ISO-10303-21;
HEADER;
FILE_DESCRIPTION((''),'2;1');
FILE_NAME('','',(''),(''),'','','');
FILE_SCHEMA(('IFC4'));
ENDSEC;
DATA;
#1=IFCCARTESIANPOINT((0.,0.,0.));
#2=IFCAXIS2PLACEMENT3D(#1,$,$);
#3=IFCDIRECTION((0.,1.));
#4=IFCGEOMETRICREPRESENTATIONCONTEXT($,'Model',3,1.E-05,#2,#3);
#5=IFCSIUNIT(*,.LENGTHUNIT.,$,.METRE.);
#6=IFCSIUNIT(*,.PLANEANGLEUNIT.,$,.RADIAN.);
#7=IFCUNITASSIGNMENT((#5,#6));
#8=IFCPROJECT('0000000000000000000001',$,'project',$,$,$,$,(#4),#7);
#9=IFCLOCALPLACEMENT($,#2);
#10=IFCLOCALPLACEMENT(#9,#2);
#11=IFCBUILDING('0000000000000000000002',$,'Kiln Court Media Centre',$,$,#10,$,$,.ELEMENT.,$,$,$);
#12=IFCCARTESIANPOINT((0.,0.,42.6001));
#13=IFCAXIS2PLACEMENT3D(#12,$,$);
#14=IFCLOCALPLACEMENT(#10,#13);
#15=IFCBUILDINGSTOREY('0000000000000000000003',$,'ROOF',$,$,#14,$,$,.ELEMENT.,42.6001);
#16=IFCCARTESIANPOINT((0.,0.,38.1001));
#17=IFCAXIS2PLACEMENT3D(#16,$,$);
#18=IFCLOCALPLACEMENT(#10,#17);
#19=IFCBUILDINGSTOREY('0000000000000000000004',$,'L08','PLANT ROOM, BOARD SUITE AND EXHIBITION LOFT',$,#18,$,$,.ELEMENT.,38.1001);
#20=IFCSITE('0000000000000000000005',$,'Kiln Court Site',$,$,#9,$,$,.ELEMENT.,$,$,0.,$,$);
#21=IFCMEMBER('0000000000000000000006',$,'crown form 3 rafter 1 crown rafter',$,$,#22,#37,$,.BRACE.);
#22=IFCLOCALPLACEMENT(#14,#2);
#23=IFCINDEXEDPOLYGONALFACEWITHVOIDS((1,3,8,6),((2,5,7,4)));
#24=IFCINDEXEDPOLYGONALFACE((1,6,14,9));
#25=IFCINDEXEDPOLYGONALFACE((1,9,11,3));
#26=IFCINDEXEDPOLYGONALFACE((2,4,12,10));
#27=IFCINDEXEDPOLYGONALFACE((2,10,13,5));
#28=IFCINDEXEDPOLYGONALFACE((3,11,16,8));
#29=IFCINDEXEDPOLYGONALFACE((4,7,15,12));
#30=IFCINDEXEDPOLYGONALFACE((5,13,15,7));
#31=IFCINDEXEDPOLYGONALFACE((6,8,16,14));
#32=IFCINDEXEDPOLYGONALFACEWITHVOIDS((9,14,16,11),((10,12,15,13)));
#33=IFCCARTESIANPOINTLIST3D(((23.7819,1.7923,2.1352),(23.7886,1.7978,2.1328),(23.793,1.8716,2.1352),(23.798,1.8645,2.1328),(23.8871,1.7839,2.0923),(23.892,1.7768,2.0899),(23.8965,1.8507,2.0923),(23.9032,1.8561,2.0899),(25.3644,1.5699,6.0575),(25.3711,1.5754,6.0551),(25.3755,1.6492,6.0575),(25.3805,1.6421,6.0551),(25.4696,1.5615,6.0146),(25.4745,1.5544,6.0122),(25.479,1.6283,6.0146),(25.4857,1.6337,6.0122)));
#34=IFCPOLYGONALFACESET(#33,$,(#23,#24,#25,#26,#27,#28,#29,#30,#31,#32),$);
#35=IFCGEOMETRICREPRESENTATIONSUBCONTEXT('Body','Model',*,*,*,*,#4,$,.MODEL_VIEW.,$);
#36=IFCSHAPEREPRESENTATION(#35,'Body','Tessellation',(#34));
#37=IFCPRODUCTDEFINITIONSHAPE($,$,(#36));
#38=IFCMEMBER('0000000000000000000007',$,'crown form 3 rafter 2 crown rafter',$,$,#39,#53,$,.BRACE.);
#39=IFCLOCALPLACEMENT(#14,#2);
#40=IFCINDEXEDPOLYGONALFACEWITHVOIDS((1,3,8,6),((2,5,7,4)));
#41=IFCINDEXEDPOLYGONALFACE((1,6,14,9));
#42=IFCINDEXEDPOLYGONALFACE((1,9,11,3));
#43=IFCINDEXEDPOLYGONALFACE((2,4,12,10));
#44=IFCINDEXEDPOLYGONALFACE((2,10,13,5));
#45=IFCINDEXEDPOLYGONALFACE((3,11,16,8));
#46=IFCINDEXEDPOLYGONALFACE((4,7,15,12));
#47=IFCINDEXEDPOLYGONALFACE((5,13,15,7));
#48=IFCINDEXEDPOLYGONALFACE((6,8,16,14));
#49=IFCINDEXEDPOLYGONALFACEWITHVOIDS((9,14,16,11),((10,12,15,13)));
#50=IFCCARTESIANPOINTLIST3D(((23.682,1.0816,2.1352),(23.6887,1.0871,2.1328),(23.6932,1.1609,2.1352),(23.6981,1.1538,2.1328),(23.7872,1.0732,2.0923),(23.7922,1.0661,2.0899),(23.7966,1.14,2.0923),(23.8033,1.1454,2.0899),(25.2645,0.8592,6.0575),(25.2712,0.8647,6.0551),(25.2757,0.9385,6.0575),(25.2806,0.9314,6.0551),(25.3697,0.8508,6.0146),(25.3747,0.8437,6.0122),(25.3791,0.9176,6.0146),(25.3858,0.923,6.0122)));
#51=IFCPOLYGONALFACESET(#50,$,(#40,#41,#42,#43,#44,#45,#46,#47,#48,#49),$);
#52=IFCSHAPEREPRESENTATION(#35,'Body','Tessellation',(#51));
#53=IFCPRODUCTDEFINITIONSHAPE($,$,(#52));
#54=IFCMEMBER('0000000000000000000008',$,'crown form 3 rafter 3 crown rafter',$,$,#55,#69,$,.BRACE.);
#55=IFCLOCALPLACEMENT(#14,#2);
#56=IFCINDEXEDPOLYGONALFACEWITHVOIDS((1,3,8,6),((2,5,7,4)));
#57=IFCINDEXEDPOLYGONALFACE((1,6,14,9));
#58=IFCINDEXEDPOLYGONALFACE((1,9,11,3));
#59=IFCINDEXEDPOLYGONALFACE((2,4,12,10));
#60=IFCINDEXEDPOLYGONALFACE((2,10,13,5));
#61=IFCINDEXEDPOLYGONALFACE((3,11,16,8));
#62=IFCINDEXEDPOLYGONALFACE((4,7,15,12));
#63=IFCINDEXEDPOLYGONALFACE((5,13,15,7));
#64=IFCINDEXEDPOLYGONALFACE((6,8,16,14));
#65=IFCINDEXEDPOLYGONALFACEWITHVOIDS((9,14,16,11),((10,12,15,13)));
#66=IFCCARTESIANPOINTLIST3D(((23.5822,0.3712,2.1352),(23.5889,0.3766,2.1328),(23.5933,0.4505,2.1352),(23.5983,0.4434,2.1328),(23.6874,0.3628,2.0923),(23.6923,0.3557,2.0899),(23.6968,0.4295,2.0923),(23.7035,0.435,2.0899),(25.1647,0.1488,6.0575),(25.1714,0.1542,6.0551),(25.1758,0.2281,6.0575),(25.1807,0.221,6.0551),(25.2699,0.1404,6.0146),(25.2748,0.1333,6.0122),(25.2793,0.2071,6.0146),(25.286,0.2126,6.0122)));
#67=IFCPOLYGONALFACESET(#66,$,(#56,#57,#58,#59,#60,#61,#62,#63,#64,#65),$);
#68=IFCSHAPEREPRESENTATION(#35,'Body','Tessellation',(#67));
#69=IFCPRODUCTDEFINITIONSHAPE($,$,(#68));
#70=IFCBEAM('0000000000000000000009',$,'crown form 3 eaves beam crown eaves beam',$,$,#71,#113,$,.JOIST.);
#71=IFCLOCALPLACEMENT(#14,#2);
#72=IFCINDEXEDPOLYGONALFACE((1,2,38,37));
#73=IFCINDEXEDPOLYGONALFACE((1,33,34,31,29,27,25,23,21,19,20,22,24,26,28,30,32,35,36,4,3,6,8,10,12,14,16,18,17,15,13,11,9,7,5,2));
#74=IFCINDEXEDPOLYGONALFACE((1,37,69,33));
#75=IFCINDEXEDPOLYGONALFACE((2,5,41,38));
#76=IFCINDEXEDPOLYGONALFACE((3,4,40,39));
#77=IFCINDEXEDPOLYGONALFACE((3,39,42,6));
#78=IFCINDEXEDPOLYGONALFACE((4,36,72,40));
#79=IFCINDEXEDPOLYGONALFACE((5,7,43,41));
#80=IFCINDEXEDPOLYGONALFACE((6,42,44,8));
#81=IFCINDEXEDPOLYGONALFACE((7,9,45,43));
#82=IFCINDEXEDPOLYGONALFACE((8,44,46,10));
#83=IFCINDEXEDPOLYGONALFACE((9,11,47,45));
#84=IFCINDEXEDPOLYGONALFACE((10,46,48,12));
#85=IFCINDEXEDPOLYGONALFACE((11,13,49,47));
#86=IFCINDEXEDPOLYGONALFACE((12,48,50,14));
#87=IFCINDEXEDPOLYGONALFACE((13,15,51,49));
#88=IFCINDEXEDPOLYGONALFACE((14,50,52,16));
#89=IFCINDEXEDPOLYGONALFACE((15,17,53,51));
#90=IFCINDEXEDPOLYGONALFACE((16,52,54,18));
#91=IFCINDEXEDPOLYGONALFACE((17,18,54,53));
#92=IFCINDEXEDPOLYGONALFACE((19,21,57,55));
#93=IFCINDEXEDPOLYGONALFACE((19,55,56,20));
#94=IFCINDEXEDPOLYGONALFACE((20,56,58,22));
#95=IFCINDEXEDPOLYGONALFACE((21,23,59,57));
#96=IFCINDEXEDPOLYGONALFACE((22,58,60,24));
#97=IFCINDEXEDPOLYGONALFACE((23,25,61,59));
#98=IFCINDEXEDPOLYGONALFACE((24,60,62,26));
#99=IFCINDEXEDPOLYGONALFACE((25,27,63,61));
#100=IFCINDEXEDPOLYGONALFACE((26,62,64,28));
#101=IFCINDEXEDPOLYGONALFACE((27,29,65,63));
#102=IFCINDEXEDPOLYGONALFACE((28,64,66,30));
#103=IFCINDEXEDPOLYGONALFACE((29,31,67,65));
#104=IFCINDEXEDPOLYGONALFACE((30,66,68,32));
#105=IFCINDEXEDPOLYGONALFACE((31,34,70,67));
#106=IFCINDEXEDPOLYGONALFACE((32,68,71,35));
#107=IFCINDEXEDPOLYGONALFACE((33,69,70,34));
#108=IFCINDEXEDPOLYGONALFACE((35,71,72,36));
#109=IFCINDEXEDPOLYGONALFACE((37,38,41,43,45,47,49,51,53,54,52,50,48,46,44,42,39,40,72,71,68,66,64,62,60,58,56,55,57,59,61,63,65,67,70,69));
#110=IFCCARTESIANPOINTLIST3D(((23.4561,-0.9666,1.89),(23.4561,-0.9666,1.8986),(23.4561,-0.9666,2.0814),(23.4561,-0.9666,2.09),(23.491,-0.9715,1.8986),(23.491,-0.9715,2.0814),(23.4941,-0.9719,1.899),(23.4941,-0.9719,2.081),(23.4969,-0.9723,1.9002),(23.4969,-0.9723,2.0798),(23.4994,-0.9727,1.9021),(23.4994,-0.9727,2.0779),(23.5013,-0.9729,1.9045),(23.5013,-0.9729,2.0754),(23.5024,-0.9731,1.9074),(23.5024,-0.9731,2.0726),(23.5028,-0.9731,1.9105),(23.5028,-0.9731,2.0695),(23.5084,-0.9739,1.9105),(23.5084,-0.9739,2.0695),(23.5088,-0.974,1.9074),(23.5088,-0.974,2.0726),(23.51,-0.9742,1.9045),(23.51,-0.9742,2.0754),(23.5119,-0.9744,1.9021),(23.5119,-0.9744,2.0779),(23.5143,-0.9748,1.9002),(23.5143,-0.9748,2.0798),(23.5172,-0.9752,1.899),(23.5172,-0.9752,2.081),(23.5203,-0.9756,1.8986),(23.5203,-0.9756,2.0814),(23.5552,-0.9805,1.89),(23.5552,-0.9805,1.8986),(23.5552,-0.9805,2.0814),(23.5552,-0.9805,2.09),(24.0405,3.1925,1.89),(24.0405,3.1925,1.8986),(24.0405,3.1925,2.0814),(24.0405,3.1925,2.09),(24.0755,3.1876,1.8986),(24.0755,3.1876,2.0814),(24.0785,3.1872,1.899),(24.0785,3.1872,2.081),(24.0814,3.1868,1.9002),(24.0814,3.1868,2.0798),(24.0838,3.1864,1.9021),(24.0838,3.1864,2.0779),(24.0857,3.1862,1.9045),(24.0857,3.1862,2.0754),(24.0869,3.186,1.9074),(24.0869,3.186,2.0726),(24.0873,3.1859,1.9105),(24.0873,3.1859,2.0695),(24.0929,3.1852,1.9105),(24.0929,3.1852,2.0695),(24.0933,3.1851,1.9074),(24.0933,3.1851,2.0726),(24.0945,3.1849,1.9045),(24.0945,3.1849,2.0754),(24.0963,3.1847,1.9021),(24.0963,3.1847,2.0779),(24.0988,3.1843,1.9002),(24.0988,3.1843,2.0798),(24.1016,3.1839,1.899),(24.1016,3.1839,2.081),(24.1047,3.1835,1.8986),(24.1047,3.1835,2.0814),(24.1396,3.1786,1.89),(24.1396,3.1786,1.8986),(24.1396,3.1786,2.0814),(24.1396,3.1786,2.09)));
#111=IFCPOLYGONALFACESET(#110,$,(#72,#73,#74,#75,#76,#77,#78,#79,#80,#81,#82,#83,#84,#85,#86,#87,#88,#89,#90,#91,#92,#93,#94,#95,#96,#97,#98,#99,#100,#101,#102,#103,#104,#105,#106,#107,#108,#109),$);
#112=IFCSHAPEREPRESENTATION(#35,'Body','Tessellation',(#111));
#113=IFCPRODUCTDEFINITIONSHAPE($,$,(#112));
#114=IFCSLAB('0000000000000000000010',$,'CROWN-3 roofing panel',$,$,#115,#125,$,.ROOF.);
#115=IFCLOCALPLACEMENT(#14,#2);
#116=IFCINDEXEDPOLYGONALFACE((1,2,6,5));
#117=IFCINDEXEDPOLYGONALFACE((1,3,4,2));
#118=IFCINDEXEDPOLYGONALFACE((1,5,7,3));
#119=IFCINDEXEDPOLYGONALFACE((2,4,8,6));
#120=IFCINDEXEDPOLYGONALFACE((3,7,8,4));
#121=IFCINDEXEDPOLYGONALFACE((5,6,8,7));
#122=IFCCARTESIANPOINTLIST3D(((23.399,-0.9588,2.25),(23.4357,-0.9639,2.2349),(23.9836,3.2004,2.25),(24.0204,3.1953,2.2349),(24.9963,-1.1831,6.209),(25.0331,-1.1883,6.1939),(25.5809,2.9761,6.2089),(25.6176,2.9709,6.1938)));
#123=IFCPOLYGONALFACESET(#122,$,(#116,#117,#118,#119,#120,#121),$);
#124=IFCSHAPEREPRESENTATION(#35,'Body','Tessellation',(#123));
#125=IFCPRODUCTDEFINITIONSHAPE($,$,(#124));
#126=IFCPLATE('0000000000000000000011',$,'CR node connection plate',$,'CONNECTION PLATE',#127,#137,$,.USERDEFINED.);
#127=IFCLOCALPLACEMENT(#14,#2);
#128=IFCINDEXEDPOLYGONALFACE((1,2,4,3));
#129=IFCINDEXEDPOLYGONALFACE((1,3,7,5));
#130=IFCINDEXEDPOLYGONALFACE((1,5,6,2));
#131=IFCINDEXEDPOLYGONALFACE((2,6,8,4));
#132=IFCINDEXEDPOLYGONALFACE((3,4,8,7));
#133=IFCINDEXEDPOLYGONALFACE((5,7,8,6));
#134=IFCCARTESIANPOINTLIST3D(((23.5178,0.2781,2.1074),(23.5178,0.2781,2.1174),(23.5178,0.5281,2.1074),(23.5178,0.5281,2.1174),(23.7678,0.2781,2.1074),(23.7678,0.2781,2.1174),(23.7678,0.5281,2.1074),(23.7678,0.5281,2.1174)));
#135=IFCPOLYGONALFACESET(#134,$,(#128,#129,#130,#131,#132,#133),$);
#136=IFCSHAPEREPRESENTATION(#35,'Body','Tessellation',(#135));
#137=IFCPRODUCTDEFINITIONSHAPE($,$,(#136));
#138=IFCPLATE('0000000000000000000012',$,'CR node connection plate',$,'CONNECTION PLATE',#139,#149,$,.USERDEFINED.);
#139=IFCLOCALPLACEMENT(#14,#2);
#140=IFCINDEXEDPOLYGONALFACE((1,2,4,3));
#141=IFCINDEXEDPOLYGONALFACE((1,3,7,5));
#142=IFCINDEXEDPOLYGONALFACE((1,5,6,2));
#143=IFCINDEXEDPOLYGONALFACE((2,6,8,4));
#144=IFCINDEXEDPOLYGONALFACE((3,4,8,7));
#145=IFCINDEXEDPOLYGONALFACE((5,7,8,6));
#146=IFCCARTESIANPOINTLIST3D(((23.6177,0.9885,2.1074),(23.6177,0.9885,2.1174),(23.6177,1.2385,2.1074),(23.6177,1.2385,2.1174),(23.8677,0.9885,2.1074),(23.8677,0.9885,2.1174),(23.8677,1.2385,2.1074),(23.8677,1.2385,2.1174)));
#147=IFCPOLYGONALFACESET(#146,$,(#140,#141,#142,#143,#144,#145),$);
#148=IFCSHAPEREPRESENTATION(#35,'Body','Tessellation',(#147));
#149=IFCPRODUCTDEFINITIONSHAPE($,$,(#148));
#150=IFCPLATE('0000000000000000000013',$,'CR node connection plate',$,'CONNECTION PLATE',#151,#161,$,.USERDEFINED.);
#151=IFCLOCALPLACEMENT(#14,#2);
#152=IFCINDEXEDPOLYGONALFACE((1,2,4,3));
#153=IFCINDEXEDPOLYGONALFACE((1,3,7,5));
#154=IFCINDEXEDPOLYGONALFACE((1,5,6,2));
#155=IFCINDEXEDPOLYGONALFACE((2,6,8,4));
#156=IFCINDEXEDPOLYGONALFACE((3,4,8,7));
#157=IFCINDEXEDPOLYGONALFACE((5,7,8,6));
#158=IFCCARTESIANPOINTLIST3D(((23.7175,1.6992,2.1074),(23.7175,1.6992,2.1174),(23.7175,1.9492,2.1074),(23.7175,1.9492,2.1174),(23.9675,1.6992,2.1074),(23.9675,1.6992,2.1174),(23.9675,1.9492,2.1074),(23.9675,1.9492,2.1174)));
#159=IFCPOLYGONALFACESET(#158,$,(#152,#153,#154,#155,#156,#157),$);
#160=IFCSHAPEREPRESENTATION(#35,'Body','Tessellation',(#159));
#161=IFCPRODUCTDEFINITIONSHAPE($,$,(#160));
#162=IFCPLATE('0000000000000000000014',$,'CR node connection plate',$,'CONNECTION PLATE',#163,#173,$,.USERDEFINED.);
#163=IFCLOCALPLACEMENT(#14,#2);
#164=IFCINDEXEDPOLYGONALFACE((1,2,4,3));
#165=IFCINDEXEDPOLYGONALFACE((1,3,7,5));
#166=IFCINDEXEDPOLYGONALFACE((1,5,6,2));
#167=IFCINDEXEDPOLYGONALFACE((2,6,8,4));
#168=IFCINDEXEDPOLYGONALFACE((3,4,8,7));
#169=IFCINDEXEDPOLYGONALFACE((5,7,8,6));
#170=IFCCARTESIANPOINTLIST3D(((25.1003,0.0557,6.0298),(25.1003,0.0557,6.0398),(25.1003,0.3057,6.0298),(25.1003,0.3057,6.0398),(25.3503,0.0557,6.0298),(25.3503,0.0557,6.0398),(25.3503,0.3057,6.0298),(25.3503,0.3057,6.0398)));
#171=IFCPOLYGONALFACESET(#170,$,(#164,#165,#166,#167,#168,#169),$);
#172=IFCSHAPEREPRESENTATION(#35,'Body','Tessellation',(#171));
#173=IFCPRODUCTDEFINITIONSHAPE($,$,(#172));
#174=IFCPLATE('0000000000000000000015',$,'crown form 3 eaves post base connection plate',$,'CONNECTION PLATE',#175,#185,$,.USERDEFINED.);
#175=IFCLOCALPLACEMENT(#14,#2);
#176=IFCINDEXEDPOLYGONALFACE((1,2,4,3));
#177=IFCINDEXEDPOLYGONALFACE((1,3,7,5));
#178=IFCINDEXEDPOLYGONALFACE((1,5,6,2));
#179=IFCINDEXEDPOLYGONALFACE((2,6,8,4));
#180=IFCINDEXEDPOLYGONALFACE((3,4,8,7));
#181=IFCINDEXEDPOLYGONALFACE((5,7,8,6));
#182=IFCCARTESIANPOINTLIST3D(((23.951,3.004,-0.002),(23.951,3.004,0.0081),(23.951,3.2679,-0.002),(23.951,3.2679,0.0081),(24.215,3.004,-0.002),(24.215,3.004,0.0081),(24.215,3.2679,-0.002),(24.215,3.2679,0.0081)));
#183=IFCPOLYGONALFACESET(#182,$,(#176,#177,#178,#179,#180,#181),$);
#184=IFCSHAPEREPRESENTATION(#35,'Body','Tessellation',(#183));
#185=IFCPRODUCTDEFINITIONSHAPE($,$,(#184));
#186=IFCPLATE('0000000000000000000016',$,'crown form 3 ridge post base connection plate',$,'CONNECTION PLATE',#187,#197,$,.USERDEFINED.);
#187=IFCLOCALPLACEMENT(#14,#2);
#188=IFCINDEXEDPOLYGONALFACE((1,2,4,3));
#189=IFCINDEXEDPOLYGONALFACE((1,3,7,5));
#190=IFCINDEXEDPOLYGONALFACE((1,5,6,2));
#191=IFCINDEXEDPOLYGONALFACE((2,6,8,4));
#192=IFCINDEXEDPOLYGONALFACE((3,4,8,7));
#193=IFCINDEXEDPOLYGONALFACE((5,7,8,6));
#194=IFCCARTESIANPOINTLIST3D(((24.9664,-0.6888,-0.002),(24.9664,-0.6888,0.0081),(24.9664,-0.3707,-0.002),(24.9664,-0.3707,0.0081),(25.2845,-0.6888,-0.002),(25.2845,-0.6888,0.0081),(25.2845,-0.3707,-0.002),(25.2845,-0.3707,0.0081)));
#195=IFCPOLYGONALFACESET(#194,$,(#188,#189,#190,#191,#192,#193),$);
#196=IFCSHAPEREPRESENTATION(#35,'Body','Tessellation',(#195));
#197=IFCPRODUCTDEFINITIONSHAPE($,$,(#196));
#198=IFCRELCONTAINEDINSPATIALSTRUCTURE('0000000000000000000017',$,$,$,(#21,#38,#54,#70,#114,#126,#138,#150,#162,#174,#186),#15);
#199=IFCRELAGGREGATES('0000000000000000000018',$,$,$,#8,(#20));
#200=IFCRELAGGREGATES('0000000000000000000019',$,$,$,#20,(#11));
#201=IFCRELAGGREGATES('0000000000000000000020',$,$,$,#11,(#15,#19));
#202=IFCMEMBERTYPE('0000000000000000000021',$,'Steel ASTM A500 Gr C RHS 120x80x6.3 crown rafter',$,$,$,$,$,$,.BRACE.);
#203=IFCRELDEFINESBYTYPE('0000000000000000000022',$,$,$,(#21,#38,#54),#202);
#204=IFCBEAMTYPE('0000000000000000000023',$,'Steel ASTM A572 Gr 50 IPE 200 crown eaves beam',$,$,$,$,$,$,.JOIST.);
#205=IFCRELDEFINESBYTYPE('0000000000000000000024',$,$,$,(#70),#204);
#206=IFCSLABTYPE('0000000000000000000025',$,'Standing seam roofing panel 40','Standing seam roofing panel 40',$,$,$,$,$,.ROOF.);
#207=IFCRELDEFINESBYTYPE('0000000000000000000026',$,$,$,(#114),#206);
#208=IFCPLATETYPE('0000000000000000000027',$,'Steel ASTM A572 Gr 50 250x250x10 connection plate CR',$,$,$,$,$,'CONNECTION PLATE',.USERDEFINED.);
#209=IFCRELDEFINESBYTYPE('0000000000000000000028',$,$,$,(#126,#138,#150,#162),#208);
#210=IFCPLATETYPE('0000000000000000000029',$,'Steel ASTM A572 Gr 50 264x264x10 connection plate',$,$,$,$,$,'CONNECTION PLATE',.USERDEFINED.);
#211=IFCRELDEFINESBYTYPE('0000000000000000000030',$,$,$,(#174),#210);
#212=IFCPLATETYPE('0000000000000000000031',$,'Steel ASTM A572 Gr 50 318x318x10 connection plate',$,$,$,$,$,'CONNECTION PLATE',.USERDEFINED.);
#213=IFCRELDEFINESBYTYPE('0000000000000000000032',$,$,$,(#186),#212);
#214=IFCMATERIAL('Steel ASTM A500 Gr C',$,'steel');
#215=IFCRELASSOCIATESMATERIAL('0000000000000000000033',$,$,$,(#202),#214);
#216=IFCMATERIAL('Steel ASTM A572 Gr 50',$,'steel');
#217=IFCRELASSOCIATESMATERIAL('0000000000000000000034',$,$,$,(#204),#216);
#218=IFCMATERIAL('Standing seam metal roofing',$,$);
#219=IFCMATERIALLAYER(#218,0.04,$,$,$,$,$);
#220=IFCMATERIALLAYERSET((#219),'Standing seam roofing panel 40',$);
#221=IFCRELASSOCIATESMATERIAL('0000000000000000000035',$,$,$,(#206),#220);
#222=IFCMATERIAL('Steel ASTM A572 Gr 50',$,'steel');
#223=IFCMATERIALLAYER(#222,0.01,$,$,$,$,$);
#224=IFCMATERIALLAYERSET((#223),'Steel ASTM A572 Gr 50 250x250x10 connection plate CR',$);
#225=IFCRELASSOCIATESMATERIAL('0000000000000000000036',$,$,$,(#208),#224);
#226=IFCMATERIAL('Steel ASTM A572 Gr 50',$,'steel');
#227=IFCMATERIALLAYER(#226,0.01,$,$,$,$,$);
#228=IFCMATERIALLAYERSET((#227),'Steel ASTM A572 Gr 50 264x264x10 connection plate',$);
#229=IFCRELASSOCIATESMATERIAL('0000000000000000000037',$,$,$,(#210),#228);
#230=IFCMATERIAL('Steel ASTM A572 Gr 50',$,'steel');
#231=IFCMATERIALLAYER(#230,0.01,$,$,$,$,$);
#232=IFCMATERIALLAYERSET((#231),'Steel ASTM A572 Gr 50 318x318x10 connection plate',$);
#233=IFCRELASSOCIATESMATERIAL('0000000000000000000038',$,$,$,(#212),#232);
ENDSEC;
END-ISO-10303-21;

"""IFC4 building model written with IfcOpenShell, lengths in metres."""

from ifc_helpers import new_model, si_unit, direction, frame, origin, origin_2d, place, context, subcontext, project, spatial, polyline, rectangle, hollow_rectangle, i_section, outline, extrude, material, layer, layer_set, material_profile, profile_set, type_object, element, save


model = new_model("IFC4")

# Units and contexts
model_context = context("Model", 3, precision=1e-05, world=origin(), true_north=direction((0.0, 1.0)))
body_context = subcontext(model_context, "Body", "Model", "MODEL_VIEW")
ifc_project = project(units=[si_unit("LENGTHUNIT", "METRE"), si_unit("PLANEANGLEUNIT", "RADIAN")], contexts=[model_context])

# Site, building, storey
site_placement = place(None, origin())
site = spatial("IfcSite", under=ifc_project, at=site_placement, Name="Kiln Court Site", CompositionType="ELEMENT", RefElevation=0.0)
building_placement = place(site_placement, origin())
building = spatial("IfcBuilding", under=site, at=building_placement, Name="Kiln Court Media Centre", CompositionType="ELEMENT")
storey_1_placement = place(building_placement, frame((0.0, 0.0, 42.6001)))
storey_1 = spatial("IfcBuildingStorey", under=building, at=storey_1_placement, Name="ROOF", CompositionType="ELEMENT", Elevation=42.6001)

# Members
ifc_material_1 = material(Name="Steel ASTM A500 Gr C", Category="steel")
ifc_material_profile_1 = material_profile(ifc_material_1, hollow_rectangle(XDim=0.0801, YDim=0.1201, WallThickness=0.0063, at=origin_2d()), Name="RHS 120x80x6.3")
ifc_profile_set_1 = profile_set([ifc_material_profile_1], Name="Steel ASTM A500 Gr C")
member_type = type_object("IfcMemberType", Name="Steel ASTM A500 Gr C RHS 120x80x6.3 crown rafter", PredefinedType="BRACE", material=ifc_profile_set_1)
for number, where, z_axis, x_axis, name in (
    (1, (23.8425, 1.8242, 2.1125), (0.373639, -0.052512, 0.926086), (0.139175, 0.990268, 0.0), "crown form 3 rafter 1 crown rafter"),
    (2, (23.7427, 1.1135, 2.1125), (0.373639, -0.052512, 0.926086), (0.139175, 0.990268, 0.0), "crown form 3 rafter 2 crown rafter"),
    (3, (23.6428, 0.4031, 2.1125), (0.373639, -0.052512, 0.926086), (0.139175, 0.990268, 0.0), "crown form 3 rafter 3 crown rafter"),
):
    element("IfcMember", number, at=place(storey_1_placement, frame(where, z_axis=z_axis, x_axis=x_axis)), inside=storey_1, type_object=member_type, Name=name, PredefinedType="BRACE", context=body_context, shape_type="SweptSolid", body=[
        extrude(hollow_rectangle(XDim=0.0801, YDim=0.1201, WallThickness=0.0063, at=origin_2d()), origin(), (0.0, 0.0, 1.0), 4.2354),
    ])

# Beam
ifc_material_2 = material(Name="Steel ASTM A572 Gr 50", Category="steel")
ifc_material_profile_2 = material_profile(ifc_material_2, i_section(OverallWidth=0.1001, OverallDepth=0.2, WebThickness=0.0056, FlangeThickness=0.0085, FilletRadius=0.012, at=origin_2d()), Name="IPE 200")
ifc_profile_set_2 = profile_set([ifc_material_profile_2], Name="Steel ASTM A572 Gr 50")
beam_type_1 = type_object("IfcBeamType", Name="Steel ASTM A572 Gr 50 IPE 200 crown eaves beam", PredefinedType="JOIST", material=ifc_profile_set_2)
beam_1_placement = place(storey_1_placement, frame((24.0901, 3.1855, 1.99), z_axis=(-0.139159, -0.99027, 0.0), x_axis=(0.99027, -0.139159, 0.0)))
element("IfcBeam", 4, at=beam_1_placement, inside=storey_1, type_object=beam_type_1, Name="crown form 3 eaves beam crown eaves beam", PredefinedType="JOIST", context=body_context, shape_type="SweptSolid", body=[
    extrude(i_section(OverallWidth=0.1001, OverallDepth=0.2, WebThickness=0.0056, FlangeThickness=0.0085, FilletRadius=0.012, at=origin_2d()), origin(), (0.0, 0.0, 1.0), 4.2),
])

# Slab
ifc_material_3 = material(Name="Standing seam metal roofing")
ifc_layer_1 = layer(ifc_material_3, 0.04)
ifc_layer_set_1 = layer_set([ifc_layer_1], Name="Standing seam roofing panel 40")
slab_type = type_object("IfcSlabType", Name="Standing seam roofing panel 40", Description="Standing seam roofing panel 40", PredefinedType="ROOF", material=ifc_layer_set_1)
slab_placement = place(storey_1_placement, frame((23.9836, 3.2004, 2.25), z_axis=(-0.917074, 0.1289, 0.377307), x_axis=(-0.139191, -0.990266, -0.00001)))
element("IfcSlab", 5, at=slab_placement, inside=storey_1, type_object=slab_type, Name="CROWN-3 roofing panel", PredefinedType="ROOF", context=body_context, shape_type="SweptSolid", body=[
    extrude(outline(polyline([(0.0, 0.0), (4.2001, 0.0), (4.1999, 4.275), (-0.0002, 4.2749), (0.0, 0.0)])), origin(), (0.0, 0.0, -1.0), 0.04),
])

# Plates
ifc_material_4 = material(Name="Steel ASTM A572 Gr 50", Category="steel")
ifc_layer_2 = layer(ifc_material_4, 0.01)
ifc_layer_set_2 = layer_set([ifc_layer_2], Name="Steel ASTM A572 Gr 50 250x250x10 connection plate CR")
plate_type_1 = type_object("IfcPlateType", Name="Steel ASTM A572 Gr 50 250x250x10 connection plate CR", ElementType="CONNECTION PLATE", PredefinedType="USERDEFINED", material=ifc_layer_set_2)
for number, where, z_axis, x_axis, name in (
    (6, (23.6428, 0.4031, 2.1074), (0.0, 0.0, 1.0), (1.0, 0.0, 0.0), "CR node connection plate"),
    (7, (23.7427, 1.1135, 2.1074), (0.0, 0.0, 1.0), (1.0, 0.0, 0.0), "CR node connection plate"),
    (8, (23.8425, 1.8242, 2.1074), (0.0, 0.0, 1.0), (1.0, 0.0, 0.0), "CR node connection plate"),
    (9, (25.2253, 0.1807, 6.0298), (0.0, 0.0, 1.0), (1.0, 0.0, 0.0), "CR node connection plate"),
):
    element("IfcPlate", number, at=place(storey_1_placement, frame(where, z_axis=z_axis, x_axis=x_axis)), inside=storey_1, type_object=plate_type_1, Name=name, ObjectType="CONNECTION PLATE", PredefinedType="USERDEFINED", context=body_context, shape_type="SweptSolid", body=[
        extrude(rectangle(XDim=0.25, YDim=0.25, at=origin_2d()), origin(), (0.0, 0.0, 1.0), 0.01),
    ])
ifc_material_5 = material(Name="Steel ASTM A572 Gr 50", Category="steel")
ifc_layer_3 = layer(ifc_material_5, 0.01)
ifc_layer_set_3 = layer_set([ifc_layer_3], Name="Steel ASTM A572 Gr 50 264x264x10 connection plate")
plate_type_2 = type_object("IfcPlateType", Name="Steel ASTM A572 Gr 50 264x264x10 connection plate", ElementType="CONNECTION PLATE", PredefinedType="USERDEFINED", material=ifc_layer_set_3)
plate_1_placement = place(storey_1_placement, frame((24.083, 3.136, -0.002), z_axis=(0.0, 0.0, 1.0), x_axis=(1.0, 0.0, 0.0)))
element("IfcPlate", 10, at=plate_1_placement, inside=storey_1, type_object=plate_type_2, Name="crown form 3 eaves post base connection plate", ObjectType="CONNECTION PLATE", PredefinedType="USERDEFINED", context=body_context, shape_type="SweptSolid", body=[
    extrude(rectangle(XDim=0.2639, YDim=0.2639, at=origin_2d()), origin(), (0.0, 0.0, 1.0), 0.01),
])
ifc_material_6 = material(Name="Steel ASTM A572 Gr 50", Category="steel")
ifc_layer_4 = layer(ifc_material_6, 0.01)
ifc_layer_set_4 = layer_set([ifc_layer_4], Name="Steel ASTM A572 Gr 50 318x318x10 connection plate")
plate_type_3 = type_object("IfcPlateType", Name="Steel ASTM A572 Gr 50 318x318x10 connection plate", ElementType="CONNECTION PLATE", PredefinedType="USERDEFINED", material=ifc_layer_set_4)
plate_2_placement = place(storey_1_placement, frame((25.1255, -0.5298, -0.002), z_axis=(0.0, 0.0, 1.0), x_axis=(1.0, 0.0, 0.0)))
element("IfcPlate", 11, at=plate_2_placement, inside=storey_1, type_object=plate_type_3, Name="crown form 3 ridge post base connection plate", ObjectType="CONNECTION PLATE", PredefinedType="USERDEFINED", context=body_context, shape_type="SweptSolid", body=[
    extrude(rectangle(XDim=0.3181, YDim=0.3181, at=origin_2d()), origin(), (0.0, 0.0, 1.0), 0.01),
])

# Shared definitions
storey_2_placement = place(building_placement, frame((0.0, 0.0, 38.1001)))
storey_2 = spatial("IfcBuildingStorey", under=building, at=storey_2_placement, Name="L08", Description="PLANT ROOM, BOARD SUITE AND EXHIBITION LOFT", CompositionType="ELEMENT", Elevation=38.1001)

save(model, "model.ifc")
